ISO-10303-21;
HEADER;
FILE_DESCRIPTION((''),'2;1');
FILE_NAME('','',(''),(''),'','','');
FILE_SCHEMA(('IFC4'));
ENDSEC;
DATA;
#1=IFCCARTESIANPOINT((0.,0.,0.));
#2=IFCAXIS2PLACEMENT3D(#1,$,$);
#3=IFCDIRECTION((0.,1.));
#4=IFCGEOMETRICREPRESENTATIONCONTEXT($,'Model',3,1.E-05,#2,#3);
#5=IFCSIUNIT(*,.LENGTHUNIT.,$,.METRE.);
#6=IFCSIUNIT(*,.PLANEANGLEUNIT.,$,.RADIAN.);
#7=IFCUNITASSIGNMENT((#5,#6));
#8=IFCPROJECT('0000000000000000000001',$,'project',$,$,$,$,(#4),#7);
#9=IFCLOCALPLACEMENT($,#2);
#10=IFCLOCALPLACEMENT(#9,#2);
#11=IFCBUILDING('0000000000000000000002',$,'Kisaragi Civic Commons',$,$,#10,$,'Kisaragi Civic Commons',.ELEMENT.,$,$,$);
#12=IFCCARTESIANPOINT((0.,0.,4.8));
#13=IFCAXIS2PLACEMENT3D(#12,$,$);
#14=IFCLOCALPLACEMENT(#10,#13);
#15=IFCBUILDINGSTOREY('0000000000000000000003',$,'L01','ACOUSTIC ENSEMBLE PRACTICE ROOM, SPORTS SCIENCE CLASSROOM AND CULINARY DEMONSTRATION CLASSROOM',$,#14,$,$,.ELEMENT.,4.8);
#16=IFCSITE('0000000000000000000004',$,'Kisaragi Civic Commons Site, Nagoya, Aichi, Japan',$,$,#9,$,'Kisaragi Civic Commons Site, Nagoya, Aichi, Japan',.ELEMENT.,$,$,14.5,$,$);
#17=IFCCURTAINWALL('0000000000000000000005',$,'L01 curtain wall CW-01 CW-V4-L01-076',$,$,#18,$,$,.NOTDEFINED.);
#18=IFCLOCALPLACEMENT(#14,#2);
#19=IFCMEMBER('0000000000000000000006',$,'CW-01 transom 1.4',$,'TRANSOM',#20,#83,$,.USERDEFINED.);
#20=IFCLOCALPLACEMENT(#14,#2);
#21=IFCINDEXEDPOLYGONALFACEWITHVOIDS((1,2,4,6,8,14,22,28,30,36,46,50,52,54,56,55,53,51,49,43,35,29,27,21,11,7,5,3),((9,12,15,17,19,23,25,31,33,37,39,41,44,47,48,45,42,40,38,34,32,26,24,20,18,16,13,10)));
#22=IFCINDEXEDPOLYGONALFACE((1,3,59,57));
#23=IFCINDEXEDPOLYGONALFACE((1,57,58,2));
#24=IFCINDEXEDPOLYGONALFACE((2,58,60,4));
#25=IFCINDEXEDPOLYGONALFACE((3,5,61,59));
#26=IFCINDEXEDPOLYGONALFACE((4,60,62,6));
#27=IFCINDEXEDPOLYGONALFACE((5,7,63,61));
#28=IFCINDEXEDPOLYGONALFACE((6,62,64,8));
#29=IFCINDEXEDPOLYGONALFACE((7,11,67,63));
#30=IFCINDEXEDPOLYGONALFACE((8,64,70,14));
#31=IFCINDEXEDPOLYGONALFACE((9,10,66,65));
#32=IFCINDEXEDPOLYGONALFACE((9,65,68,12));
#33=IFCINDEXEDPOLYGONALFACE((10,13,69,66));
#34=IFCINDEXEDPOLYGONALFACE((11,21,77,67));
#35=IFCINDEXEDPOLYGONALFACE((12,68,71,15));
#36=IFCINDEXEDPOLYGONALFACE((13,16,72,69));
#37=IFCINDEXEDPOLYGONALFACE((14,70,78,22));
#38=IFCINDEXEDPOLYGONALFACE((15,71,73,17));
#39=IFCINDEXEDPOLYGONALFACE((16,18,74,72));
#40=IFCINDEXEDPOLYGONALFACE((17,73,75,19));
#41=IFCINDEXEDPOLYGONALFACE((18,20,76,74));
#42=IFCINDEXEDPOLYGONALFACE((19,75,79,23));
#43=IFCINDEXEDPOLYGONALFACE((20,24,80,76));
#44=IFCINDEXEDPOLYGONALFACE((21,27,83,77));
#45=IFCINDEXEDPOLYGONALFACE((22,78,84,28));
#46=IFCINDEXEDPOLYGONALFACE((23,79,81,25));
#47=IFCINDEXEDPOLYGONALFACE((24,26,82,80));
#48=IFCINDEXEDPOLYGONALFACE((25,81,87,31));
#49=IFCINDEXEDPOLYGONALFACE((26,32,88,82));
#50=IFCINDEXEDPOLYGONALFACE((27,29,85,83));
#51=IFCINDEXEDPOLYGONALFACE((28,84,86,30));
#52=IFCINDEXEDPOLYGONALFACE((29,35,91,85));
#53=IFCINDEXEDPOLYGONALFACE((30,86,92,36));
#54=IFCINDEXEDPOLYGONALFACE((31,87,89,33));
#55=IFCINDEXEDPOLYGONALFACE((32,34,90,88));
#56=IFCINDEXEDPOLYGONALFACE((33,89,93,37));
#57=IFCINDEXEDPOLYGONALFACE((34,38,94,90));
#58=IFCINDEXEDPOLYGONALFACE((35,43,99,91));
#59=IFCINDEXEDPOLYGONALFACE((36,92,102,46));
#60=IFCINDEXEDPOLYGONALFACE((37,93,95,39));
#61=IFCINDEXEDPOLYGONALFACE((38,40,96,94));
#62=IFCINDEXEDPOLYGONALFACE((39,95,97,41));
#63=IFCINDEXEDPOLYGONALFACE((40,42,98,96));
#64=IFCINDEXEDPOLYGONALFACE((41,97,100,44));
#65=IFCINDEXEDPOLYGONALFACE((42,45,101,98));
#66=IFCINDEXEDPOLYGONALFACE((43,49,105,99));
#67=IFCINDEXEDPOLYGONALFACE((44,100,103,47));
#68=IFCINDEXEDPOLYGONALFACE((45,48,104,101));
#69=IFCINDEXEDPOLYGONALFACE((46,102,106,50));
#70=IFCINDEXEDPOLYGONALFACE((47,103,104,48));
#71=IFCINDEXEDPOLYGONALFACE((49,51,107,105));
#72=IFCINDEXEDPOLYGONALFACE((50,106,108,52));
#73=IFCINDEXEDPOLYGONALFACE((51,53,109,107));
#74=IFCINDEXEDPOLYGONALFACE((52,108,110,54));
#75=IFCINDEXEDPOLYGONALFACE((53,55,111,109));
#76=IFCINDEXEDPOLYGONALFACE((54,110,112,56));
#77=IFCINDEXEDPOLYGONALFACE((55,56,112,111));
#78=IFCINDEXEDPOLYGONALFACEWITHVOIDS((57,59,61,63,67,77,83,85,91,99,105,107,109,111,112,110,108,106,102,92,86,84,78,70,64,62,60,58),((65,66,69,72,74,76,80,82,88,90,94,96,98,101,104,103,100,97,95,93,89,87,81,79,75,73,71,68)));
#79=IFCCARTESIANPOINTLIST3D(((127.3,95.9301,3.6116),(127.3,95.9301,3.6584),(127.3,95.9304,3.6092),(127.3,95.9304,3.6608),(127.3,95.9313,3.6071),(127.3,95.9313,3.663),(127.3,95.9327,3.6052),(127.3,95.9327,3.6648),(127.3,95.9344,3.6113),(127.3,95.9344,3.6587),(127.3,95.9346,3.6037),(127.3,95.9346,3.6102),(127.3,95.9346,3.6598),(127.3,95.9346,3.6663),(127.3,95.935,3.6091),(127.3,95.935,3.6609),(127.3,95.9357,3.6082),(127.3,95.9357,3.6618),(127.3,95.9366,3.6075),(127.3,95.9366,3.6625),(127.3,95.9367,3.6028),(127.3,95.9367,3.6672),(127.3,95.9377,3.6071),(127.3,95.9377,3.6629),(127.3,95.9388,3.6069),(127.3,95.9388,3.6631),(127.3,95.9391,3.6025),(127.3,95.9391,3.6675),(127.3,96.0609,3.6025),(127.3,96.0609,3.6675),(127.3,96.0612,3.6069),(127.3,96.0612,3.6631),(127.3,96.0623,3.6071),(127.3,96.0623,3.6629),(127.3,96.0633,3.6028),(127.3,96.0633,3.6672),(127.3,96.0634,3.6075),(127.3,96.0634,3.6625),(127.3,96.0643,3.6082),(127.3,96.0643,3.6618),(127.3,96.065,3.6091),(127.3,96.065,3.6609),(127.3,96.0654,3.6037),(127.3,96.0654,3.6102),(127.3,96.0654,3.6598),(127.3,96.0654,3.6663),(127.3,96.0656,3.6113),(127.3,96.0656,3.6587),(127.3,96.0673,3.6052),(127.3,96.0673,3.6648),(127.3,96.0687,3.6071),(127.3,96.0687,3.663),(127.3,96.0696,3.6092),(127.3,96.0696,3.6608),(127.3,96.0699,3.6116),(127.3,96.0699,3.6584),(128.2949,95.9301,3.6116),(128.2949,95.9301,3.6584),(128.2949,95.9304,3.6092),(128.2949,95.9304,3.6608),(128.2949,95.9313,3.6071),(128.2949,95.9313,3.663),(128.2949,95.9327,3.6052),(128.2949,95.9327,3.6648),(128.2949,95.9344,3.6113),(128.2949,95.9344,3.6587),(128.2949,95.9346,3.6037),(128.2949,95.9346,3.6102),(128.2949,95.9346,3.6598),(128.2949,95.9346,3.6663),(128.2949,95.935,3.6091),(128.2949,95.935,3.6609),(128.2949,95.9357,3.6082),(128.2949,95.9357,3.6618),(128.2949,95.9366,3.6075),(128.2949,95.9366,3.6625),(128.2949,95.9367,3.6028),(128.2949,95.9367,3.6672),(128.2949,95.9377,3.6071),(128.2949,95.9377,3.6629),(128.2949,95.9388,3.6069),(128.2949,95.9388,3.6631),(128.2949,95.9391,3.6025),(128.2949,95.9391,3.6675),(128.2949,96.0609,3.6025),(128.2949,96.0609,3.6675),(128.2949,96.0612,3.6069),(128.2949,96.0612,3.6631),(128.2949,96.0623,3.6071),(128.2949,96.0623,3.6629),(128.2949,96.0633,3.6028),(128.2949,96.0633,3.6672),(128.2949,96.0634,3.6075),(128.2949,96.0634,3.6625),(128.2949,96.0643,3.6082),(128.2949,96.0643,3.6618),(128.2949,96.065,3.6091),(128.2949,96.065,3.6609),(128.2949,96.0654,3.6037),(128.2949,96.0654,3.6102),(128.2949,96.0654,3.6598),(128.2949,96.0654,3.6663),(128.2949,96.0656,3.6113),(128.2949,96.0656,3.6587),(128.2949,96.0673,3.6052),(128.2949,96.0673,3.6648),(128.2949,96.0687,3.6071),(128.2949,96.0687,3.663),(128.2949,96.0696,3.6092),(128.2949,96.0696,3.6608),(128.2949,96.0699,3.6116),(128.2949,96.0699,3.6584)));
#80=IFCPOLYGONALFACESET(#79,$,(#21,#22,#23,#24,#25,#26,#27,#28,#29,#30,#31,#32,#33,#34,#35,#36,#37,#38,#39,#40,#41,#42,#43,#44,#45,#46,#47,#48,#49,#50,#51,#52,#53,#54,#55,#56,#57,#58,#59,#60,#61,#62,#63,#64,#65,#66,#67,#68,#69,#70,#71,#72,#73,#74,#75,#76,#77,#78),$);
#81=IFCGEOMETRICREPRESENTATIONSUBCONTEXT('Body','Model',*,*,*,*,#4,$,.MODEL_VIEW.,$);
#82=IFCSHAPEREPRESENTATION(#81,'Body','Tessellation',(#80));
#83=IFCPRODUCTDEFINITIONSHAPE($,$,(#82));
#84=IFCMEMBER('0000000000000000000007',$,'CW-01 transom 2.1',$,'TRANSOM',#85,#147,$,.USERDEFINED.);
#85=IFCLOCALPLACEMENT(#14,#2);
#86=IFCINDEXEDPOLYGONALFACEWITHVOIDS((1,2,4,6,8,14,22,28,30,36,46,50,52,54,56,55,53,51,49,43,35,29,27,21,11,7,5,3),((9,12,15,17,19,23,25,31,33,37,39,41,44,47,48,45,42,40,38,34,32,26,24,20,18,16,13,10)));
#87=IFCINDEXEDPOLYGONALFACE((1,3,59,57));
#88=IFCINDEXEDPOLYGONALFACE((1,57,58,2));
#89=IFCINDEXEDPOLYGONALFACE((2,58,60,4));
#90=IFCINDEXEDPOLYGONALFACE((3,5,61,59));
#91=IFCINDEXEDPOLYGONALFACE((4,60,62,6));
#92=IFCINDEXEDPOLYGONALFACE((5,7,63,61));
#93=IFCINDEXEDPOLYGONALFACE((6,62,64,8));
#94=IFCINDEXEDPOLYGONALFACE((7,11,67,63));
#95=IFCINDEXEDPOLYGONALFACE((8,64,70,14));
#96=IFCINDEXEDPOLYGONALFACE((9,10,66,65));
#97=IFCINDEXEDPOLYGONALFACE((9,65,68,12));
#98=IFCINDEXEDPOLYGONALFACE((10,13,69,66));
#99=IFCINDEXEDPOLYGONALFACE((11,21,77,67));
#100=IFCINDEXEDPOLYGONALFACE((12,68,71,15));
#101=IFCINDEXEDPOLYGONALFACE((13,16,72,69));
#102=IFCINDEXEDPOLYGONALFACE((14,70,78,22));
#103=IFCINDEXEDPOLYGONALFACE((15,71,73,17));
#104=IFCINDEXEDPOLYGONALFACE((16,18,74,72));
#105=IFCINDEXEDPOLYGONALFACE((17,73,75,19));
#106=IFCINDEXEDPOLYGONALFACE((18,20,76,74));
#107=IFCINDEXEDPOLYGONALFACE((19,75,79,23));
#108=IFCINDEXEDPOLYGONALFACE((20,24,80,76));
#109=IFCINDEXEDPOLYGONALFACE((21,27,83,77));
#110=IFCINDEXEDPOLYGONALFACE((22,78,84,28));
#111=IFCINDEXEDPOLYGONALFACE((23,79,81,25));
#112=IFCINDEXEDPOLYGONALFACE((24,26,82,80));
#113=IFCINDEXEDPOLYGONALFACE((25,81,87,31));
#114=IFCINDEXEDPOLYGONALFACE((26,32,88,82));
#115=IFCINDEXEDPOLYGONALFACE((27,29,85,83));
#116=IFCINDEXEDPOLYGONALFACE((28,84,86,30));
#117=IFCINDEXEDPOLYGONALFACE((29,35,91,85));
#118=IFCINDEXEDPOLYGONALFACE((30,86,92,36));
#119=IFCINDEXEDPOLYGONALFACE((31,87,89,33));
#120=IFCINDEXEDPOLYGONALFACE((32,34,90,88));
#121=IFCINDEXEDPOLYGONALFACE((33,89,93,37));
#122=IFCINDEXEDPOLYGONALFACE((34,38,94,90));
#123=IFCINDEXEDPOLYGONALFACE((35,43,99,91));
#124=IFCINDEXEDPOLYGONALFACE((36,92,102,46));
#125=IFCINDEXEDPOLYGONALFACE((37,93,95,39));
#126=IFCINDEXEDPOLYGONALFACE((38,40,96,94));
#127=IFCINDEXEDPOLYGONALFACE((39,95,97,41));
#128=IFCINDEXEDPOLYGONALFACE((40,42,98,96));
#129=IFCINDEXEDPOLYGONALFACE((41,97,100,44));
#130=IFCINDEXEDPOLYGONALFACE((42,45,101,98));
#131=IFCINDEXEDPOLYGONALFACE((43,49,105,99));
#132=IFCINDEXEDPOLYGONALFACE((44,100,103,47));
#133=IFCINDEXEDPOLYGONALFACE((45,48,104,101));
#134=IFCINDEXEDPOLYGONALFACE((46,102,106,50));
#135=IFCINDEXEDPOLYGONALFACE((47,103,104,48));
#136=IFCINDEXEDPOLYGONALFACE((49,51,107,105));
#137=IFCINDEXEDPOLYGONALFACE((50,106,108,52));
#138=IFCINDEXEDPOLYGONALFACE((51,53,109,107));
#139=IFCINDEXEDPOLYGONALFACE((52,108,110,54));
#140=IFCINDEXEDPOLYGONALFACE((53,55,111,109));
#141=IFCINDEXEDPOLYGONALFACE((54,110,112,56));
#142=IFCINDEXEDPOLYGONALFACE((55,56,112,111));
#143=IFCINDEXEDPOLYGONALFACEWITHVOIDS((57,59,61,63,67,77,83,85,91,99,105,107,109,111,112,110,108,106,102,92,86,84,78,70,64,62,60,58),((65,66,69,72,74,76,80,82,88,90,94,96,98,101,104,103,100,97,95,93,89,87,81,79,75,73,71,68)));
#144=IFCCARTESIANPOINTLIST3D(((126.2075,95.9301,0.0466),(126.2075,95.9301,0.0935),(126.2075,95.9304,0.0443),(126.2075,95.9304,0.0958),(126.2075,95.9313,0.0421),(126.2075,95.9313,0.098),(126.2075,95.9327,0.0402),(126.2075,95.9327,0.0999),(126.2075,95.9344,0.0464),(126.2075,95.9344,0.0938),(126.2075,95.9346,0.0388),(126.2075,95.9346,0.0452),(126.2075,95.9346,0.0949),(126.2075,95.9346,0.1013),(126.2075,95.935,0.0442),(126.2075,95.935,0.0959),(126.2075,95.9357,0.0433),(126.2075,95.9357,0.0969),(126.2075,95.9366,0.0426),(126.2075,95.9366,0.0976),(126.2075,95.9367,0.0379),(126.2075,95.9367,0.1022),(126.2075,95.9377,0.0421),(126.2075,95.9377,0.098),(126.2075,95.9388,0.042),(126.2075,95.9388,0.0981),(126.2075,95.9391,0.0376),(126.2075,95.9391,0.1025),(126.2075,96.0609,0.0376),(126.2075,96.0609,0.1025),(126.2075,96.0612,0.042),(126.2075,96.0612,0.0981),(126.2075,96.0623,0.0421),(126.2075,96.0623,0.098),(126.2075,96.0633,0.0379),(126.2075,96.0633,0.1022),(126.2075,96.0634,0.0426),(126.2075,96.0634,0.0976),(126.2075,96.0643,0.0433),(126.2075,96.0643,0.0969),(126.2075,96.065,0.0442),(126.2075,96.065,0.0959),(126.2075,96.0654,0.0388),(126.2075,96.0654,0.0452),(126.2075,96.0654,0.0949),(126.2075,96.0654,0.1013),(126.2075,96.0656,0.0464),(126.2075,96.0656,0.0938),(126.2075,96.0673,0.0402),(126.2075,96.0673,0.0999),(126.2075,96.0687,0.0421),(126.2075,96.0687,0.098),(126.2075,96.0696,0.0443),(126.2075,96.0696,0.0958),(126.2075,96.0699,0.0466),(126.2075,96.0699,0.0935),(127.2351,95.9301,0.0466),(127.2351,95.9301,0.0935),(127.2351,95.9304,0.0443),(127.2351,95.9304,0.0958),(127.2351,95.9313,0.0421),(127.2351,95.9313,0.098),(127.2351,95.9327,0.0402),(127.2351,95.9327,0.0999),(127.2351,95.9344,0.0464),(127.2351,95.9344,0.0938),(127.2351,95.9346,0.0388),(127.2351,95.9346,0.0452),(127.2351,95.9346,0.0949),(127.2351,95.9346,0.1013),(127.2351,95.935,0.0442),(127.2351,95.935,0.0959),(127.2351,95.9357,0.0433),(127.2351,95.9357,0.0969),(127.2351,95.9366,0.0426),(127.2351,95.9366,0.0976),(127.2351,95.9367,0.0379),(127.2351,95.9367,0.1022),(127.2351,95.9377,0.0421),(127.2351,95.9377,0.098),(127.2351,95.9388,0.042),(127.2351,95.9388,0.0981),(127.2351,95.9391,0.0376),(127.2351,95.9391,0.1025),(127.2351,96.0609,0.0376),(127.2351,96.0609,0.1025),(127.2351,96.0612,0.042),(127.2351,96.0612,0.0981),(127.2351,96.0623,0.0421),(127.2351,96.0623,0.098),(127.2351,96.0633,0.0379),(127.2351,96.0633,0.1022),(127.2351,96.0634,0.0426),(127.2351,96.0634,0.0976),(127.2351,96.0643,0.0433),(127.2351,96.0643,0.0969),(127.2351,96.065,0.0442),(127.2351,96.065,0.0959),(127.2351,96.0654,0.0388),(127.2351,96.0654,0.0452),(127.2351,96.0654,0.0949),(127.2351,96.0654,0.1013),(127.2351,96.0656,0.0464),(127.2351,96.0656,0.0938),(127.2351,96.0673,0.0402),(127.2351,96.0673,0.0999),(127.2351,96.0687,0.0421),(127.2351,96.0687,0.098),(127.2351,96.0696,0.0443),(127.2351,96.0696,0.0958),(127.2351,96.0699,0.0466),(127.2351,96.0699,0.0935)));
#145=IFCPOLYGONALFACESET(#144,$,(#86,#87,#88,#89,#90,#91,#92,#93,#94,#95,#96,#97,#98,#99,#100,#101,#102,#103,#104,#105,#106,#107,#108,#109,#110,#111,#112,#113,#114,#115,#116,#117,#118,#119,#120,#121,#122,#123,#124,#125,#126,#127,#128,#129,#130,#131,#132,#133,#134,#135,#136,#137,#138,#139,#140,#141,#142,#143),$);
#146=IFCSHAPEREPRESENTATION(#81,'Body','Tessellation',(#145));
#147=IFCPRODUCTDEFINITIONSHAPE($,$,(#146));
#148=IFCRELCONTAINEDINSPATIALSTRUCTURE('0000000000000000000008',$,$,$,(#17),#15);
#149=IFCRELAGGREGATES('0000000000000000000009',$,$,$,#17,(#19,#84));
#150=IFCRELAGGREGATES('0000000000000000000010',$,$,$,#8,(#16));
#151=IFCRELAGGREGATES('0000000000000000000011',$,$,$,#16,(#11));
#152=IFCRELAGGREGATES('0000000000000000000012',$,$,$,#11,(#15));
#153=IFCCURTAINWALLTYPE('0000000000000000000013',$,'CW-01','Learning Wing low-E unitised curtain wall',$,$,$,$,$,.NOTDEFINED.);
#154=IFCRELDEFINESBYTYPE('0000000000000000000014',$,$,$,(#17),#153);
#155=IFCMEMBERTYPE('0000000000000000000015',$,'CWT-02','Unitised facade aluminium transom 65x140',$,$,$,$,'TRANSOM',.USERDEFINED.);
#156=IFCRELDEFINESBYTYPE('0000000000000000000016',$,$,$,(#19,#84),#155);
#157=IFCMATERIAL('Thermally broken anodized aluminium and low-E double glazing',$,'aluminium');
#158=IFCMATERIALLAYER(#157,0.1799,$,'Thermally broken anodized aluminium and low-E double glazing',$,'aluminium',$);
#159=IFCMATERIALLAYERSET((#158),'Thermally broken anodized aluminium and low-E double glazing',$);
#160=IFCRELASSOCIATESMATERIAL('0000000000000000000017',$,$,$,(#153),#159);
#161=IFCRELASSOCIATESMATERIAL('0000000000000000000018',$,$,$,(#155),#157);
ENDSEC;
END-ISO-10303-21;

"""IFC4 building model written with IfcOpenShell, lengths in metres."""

from ifc_helpers import new_model, si_unit, direction, frame, origin, origin_2d, place, context, subcontext, project, spatial, hollow_rectangle, extrude, material, layer, layer_set, material_profile, profile_set, type_object, element, aggregate, save


model = new_model("IFC4")

# Units and contexts
model_context = context("Model", 3, precision=1e-05, world=origin(), true_north=direction((0.0, 1.0)))
body_context = subcontext(model_context, "Body", "Model", "MODEL_VIEW")
ifc_project = project(units=[si_unit("LENGTHUNIT", "METRE"), si_unit("PLANEANGLEUNIT", "RADIAN")], contexts=[model_context])

# Site, building, storey
site_placement = place(None, origin())
site = spatial("IfcSite", under=ifc_project, at=site_placement, Name="Kisaragi Civic Commons Site, Nagoya, Aichi, Japan", LongName="Kisaragi Civic Commons Site, Nagoya, Aichi, Japan", CompositionType="ELEMENT", RefElevation=14.5)
building_placement = place(site_placement, origin())
building = spatial("IfcBuilding", under=site, at=building_placement, Name="Kisaragi Civic Commons", LongName="Kisaragi Civic Commons", CompositionType="ELEMENT")
storey_placement = place(building_placement, frame((0.0, 0.0, 4.8)))
storey = spatial("IfcBuildingStorey", under=building, at=storey_placement, Name="L01", Description="ACOUSTIC ENSEMBLE PRACTICE ROOM, SPORTS SCIENCE CLASSROOM AND CULINARY DEMONSTRATION CLASSROOM", CompositionType="ELEMENT", Elevation=4.8)

# Shared definitions
ifc_material_1 = material(Name="Thermally broken anodized aluminium and low-E double glazing", Category="aluminium")
ifc_layer_1 = layer(ifc_material_1, 0.1799, Name="Thermally broken anodized aluminium and low-E double glazing", Category="aluminium")
ifc_layer_set_1 = layer_set([ifc_layer_1], Name="Thermally broken anodized aluminium and low-E double glazing")
curtain_wall_type = type_object("IfcCurtainWallType", Name="CW-01", Description="Learning Wing low-E unitised curtain wall", PredefinedType="NOTDEFINED", material=ifc_layer_set_1)

# Curtain wall, members
curtain_wall_1_placement = place(storey_placement, origin())
curtain_wall_1 = element("IfcCurtainWall", 1, at=curtain_wall_1_placement, inside=storey, type_object=curtain_wall_type, Name="L01 curtain wall CW-01 CW-V4-L01-076", PredefinedType="NOTDEFINED")
ifc_material_profile_1 = material_profile(ifc_material_1, hollow_rectangle(XDim=0.1399, YDim=0.0649, WallThickness=0.0044, InnerFilletRadius=0.0044, OuterFilletRadius=0.009, at=origin_2d()), Name="CWT-65x140x4.5", Category="aluminium")
ifc_profile_set_1 = profile_set([ifc_material_profile_1], Name="Thermally broken anodized aluminium and low-E double glazing")
member_type_1 = type_object("IfcMemberType", Name="CWT-02", Description="Unitised facade aluminium transom 65x140", ElementType="TRANSOM", PredefinedType="USERDEFINED", material=ifc_profile_set_1)
member_1_placement = place(storey_placement, frame((128.2949, 96.0, 3.635), z_axis=(-1.0, 0.0, 0.0), x_axis=(0.0, -1.0, 0.0)))
member_1 = element("IfcMember", 2, at=member_1_placement, type_object=member_type_1, Name="CW-01 transom 1.4", ObjectType="TRANSOM", PredefinedType="USERDEFINED", context=body_context, shape_type="SweptSolid", body=[
    extrude(hollow_rectangle(XDim=0.1399, YDim=0.0649, WallThickness=0.0044, InnerFilletRadius=0.0044, OuterFilletRadius=0.009, at=origin_2d()), origin(), (0.0, 0.0, 1.0), 0.9949),
])
member_2_placement = place(storey_placement, frame((127.2351, 96.0, 0.0701), z_axis=(-1.0, 0.0, 0.0), x_axis=(0.0, -1.0, 0.0)))
member_2 = element("IfcMember", 3, at=member_2_placement, type_object=member_type_1, Name="CW-01 transom 2.1", ObjectType="TRANSOM", PredefinedType="USERDEFINED", context=body_context, shape_type="SweptSolid", body=[
    extrude(hollow_rectangle(XDim=0.1399, YDim=0.0649, WallThickness=0.0044, InnerFilletRadius=0.0044, OuterFilletRadius=0.009, at=origin_2d()), origin(), (0.0, 0.0, 1.0), 1.0276),
])

aggregate(curtain_wall_1, [member_1, member_2])

save(model, "model.ifc")
